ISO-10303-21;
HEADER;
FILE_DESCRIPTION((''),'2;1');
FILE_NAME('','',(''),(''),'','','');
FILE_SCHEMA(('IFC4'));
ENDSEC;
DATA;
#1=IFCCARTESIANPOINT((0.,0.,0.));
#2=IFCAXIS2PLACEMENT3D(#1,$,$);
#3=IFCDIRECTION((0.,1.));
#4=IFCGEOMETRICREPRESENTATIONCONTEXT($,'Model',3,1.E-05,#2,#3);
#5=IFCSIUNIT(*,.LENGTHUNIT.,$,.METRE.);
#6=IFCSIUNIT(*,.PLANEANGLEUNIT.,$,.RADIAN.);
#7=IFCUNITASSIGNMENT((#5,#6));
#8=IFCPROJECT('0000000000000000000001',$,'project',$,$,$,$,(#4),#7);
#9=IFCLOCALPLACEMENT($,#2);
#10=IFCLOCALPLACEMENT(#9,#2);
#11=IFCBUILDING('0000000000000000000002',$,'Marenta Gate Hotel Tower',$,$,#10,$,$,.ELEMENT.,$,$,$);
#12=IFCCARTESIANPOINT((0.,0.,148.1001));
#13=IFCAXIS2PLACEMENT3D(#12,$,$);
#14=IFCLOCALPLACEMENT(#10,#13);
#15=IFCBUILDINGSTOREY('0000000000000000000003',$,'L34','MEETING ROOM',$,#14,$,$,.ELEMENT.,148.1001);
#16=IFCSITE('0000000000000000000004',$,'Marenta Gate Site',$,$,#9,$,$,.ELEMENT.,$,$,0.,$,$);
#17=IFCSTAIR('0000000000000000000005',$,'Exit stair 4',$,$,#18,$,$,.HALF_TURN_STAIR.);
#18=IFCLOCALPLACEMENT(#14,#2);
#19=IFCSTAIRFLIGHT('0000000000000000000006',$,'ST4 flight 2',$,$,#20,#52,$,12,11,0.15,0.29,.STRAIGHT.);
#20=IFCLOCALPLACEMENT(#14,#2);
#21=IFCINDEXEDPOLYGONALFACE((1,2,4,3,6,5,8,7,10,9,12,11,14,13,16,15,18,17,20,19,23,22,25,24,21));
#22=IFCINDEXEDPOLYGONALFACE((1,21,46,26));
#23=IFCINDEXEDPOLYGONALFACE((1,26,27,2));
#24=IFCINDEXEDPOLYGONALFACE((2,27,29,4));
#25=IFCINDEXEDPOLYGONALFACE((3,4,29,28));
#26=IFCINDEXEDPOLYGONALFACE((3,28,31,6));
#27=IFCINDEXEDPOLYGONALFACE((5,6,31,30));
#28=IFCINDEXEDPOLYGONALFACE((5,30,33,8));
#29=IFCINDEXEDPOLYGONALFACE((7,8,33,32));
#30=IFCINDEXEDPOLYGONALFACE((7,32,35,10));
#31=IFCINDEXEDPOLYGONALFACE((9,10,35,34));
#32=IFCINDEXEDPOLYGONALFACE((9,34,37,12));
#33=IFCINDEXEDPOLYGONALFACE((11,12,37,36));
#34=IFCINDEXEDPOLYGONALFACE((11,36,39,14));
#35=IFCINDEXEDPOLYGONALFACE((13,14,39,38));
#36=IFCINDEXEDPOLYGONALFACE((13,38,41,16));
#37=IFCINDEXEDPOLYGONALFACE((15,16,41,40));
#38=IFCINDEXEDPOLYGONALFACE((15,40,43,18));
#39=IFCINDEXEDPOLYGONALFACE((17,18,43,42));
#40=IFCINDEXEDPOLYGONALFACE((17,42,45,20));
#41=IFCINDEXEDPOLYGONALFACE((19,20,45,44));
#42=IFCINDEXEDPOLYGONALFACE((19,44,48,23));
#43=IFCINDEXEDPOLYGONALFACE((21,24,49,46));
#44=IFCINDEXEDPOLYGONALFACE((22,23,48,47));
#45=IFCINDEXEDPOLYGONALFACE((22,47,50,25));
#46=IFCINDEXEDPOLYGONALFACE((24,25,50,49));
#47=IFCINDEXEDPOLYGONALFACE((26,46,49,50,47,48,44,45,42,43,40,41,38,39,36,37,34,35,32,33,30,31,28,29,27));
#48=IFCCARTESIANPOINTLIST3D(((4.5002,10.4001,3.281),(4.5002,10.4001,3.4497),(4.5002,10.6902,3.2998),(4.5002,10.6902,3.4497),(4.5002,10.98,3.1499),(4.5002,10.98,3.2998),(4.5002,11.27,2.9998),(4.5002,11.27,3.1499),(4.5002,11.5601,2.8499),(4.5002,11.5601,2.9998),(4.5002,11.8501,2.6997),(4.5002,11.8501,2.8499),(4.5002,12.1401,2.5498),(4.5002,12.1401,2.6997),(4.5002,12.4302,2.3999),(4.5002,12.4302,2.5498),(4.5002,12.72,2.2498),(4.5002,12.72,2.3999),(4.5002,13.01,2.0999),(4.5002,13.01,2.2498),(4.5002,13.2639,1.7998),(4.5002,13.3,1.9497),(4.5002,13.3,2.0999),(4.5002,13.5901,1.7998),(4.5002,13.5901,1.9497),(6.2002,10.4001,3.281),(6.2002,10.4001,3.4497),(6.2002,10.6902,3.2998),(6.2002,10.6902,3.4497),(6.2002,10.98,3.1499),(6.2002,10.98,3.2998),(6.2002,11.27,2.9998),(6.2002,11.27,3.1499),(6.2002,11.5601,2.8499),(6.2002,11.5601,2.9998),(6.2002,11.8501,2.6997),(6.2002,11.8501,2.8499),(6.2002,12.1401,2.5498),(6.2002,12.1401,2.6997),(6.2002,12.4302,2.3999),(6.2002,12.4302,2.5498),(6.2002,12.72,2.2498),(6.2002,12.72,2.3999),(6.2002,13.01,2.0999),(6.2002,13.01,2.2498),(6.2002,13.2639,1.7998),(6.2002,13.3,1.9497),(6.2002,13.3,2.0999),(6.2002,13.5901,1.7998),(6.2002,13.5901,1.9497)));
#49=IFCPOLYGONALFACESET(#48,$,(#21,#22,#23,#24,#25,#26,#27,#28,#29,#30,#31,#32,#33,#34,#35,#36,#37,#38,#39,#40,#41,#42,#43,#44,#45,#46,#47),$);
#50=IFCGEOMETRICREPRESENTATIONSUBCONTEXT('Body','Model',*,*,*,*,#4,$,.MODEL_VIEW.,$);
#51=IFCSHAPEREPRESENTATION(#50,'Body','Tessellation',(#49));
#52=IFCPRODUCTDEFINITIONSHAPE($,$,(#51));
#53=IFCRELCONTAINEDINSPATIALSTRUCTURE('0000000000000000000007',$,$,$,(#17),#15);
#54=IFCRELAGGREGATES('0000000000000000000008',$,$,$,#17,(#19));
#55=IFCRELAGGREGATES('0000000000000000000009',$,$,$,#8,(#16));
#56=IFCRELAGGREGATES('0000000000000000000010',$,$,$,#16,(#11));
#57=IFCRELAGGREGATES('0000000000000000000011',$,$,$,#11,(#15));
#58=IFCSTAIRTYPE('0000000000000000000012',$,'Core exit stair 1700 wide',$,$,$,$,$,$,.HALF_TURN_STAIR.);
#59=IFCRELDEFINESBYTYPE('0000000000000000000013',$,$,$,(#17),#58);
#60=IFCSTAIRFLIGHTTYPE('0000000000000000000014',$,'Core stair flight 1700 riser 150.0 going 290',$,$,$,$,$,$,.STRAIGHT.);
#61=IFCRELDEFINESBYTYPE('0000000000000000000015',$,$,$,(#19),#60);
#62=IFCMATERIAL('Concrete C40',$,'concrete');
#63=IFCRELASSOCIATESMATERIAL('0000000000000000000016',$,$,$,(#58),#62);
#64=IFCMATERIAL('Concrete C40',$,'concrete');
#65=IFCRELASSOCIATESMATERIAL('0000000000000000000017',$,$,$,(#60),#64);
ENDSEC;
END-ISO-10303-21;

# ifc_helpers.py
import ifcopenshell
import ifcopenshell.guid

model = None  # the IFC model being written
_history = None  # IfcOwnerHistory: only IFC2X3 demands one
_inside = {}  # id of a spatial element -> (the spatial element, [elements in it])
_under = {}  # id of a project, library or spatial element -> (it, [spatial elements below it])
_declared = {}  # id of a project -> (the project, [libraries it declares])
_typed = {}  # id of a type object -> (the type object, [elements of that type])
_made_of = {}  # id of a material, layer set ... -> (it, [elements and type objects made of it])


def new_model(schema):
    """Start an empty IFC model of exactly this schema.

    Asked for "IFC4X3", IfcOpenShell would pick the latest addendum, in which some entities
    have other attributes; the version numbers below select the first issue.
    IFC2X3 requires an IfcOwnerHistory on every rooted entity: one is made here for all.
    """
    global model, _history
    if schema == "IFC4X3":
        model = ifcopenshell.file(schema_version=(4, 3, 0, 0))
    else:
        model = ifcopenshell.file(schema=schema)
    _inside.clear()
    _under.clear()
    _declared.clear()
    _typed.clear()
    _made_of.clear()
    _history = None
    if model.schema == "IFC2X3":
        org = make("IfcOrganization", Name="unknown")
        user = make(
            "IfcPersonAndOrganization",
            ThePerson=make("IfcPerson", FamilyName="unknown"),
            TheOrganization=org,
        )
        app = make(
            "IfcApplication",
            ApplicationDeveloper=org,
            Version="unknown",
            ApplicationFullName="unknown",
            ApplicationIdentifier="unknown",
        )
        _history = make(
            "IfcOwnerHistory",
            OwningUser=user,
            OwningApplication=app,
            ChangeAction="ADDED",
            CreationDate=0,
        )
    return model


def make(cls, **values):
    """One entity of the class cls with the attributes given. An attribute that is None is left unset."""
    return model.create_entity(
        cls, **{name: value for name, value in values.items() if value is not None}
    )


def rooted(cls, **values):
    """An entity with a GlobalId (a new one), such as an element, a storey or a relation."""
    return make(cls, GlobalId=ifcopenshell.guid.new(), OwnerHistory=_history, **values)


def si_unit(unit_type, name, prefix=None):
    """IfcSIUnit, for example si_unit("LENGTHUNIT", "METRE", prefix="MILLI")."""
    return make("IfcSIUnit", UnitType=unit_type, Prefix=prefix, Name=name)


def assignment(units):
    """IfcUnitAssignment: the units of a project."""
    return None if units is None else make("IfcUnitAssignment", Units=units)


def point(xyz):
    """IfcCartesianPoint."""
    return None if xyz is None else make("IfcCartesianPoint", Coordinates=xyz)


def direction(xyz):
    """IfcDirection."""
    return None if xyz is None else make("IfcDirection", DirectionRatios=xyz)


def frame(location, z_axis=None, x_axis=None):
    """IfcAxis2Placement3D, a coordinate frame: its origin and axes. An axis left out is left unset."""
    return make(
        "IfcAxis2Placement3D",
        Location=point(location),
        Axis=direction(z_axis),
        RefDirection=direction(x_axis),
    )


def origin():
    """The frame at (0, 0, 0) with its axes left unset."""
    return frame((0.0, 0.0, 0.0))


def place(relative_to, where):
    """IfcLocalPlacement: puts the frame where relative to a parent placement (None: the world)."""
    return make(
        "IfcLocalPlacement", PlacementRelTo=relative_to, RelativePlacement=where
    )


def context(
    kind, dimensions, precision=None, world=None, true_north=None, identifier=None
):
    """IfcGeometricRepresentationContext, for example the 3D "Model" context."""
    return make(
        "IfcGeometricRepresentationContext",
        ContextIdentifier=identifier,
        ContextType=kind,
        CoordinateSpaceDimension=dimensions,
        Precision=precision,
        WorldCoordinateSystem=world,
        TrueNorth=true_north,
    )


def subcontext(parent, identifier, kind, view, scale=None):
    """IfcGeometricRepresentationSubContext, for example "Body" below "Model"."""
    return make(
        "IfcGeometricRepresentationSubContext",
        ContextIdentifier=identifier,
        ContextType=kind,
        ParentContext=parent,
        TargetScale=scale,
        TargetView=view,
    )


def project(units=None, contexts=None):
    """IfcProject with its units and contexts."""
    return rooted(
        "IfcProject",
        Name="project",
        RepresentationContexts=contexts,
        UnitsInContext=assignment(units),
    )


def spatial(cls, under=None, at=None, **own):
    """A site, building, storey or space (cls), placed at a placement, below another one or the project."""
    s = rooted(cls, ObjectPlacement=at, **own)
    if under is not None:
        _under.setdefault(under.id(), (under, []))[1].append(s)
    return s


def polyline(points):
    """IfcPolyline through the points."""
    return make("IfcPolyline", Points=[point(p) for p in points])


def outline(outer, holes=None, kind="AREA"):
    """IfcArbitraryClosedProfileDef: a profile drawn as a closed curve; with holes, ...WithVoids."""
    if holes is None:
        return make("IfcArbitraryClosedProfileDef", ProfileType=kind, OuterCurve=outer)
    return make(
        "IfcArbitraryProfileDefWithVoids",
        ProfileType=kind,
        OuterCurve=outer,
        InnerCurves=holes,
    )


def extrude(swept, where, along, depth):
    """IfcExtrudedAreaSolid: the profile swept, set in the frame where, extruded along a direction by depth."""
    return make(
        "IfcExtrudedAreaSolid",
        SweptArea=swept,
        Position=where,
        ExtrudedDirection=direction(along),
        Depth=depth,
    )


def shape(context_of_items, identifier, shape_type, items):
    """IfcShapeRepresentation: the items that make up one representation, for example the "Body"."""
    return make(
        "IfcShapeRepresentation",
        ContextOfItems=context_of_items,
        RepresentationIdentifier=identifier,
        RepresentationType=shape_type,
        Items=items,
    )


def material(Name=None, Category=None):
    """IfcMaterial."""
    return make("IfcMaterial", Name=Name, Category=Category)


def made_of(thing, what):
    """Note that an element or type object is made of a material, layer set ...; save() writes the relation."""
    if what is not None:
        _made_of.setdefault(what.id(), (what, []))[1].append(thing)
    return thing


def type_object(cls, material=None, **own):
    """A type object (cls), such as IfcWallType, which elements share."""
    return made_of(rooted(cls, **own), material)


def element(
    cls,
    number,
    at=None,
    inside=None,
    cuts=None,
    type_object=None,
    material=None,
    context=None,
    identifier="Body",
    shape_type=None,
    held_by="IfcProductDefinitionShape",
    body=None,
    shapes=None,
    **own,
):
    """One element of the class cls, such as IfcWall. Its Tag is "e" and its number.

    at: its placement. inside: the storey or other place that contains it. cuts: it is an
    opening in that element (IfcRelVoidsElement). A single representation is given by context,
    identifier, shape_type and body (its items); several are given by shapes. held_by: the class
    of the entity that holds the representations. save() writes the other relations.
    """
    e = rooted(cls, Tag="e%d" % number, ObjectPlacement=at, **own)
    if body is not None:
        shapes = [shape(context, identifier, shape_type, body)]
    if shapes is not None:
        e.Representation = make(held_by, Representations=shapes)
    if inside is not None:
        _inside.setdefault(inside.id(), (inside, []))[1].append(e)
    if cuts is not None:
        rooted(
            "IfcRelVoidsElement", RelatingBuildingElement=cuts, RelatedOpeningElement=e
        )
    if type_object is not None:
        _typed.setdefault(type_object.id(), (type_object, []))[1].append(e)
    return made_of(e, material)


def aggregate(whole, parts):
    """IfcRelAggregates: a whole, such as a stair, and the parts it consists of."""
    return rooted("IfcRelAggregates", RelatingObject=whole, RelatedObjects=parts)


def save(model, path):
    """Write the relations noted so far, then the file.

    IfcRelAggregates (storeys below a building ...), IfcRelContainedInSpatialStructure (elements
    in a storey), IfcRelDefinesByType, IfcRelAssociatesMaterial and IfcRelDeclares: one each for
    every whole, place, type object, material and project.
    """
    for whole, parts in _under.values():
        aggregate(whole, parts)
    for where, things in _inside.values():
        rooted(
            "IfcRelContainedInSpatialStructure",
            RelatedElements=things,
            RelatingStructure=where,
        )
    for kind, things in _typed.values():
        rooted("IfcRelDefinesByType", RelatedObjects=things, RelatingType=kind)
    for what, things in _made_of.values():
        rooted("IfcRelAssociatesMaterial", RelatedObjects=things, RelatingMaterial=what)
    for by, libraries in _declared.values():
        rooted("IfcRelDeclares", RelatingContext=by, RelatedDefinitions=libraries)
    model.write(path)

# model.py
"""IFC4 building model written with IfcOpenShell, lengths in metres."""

from ifc_helpers import new_model, si_unit, direction, frame, origin, place, context, subcontext, project, spatial, polyline, outline, extrude, material, type_object, element, aggregate, save


model = new_model("IFC4")

# Units and contexts
model_context = context("Model", 3, precision=1e-05, world=origin(), true_north=direction((0.0, 1.0)))
body_context = subcontext(model_context, "Body", "Model", "MODEL_VIEW")
ifc_project = project(units=[si_unit("LENGTHUNIT", "METRE"), si_unit("PLANEANGLEUNIT", "RADIAN")], contexts=[model_context])

# Site, building, storey
site_placement = place(None, origin())
site = spatial("IfcSite", under=ifc_project, at=site_placement, Name="Marenta Gate Site", CompositionType="ELEMENT", RefElevation=0.0)
building_placement = place(site_placement, origin())
building = spatial("IfcBuilding", under=site, at=building_placement, Name="Marenta Gate Hotel Tower", CompositionType="ELEMENT")
storey_placement = place(building_placement, frame((0.0, 0.0, 148.1001)))
storey = spatial("IfcBuildingStorey", under=building, at=storey_placement, Name="L34", Description="MEETING ROOM", CompositionType="ELEMENT", Elevation=148.1001)

# Stair, stair flight
ifc_material_1 = material(Name="Concrete C40", Category="concrete")
stair_type = type_object("IfcStairType", Name="Core exit stair 1700 wide", PredefinedType="HALF_TURN_STAIR", material=ifc_material_1)
ifc_material_2 = material(Name="Concrete C40", Category="concrete")
stair_flight_type = type_object("IfcStairFlightType", Name="Core stair flight 1700 riser 150.0 going 290", PredefinedType="STRAIGHT", material=ifc_material_2)
stair_1_placement = place(storey_placement, origin())
stair_1 = element("IfcStair", 1, at=stair_1_placement, inside=storey, type_object=stair_type, Name="Exit stair 4", PredefinedType="HALF_TURN_STAIR")
stair_flight_1_placement = place(storey_placement, frame((5.3501, 13.5901, 1.7998), z_axis=(0.0, 0.0, 1.0), x_axis=(0.0, -1.0, 0.0)))
stair_flight_1 = element("IfcStairFlight", 2, at=stair_flight_1_placement, type_object=stair_flight_type, Name="ST4 flight 2", NumberOfRisers=12, NumberOfTreads=11, PredefinedType="STRAIGHT", RiserHeight=0.15, TreadLength=0.29, context=body_context, shape_type="SweptSolid", body=[
    extrude(outline(polyline([(0.0, 0.0), (0.0, 0.1499), (0.29, 0.1499), (0.29, 0.3), (0.5801, 0.3), (0.5801, 0.45), (0.8701, 0.45), (0.8701, 0.6001), (1.1599, 0.6001), (1.1599, 0.75), (1.45, 0.75), (1.45, 0.8999), (1.74, 0.8999), (1.74, 1.05), (2.03, 1.05), (2.03, 1.2), (2.3201, 1.2), (2.3201, 1.3501), (2.6101, 1.3501), (2.6101, 1.5), (2.8999, 1.5), (2.8999, 1.6499), (3.1899, 1.6499), (3.1899, 1.8), (3.1899, 1.4812), (0.3262, 0.0), (0.0, 0.0)])), frame((0.0, 0.8501, 0.0), z_axis=(0.0, -1.0, 0.0), x_axis=(1.0, 0.0, 0.0)), (0.0, 0.0, 1.0), 1.7),
])
aggregate(stair_1, [stair_flight_1])

save(model, "model.ifc")
